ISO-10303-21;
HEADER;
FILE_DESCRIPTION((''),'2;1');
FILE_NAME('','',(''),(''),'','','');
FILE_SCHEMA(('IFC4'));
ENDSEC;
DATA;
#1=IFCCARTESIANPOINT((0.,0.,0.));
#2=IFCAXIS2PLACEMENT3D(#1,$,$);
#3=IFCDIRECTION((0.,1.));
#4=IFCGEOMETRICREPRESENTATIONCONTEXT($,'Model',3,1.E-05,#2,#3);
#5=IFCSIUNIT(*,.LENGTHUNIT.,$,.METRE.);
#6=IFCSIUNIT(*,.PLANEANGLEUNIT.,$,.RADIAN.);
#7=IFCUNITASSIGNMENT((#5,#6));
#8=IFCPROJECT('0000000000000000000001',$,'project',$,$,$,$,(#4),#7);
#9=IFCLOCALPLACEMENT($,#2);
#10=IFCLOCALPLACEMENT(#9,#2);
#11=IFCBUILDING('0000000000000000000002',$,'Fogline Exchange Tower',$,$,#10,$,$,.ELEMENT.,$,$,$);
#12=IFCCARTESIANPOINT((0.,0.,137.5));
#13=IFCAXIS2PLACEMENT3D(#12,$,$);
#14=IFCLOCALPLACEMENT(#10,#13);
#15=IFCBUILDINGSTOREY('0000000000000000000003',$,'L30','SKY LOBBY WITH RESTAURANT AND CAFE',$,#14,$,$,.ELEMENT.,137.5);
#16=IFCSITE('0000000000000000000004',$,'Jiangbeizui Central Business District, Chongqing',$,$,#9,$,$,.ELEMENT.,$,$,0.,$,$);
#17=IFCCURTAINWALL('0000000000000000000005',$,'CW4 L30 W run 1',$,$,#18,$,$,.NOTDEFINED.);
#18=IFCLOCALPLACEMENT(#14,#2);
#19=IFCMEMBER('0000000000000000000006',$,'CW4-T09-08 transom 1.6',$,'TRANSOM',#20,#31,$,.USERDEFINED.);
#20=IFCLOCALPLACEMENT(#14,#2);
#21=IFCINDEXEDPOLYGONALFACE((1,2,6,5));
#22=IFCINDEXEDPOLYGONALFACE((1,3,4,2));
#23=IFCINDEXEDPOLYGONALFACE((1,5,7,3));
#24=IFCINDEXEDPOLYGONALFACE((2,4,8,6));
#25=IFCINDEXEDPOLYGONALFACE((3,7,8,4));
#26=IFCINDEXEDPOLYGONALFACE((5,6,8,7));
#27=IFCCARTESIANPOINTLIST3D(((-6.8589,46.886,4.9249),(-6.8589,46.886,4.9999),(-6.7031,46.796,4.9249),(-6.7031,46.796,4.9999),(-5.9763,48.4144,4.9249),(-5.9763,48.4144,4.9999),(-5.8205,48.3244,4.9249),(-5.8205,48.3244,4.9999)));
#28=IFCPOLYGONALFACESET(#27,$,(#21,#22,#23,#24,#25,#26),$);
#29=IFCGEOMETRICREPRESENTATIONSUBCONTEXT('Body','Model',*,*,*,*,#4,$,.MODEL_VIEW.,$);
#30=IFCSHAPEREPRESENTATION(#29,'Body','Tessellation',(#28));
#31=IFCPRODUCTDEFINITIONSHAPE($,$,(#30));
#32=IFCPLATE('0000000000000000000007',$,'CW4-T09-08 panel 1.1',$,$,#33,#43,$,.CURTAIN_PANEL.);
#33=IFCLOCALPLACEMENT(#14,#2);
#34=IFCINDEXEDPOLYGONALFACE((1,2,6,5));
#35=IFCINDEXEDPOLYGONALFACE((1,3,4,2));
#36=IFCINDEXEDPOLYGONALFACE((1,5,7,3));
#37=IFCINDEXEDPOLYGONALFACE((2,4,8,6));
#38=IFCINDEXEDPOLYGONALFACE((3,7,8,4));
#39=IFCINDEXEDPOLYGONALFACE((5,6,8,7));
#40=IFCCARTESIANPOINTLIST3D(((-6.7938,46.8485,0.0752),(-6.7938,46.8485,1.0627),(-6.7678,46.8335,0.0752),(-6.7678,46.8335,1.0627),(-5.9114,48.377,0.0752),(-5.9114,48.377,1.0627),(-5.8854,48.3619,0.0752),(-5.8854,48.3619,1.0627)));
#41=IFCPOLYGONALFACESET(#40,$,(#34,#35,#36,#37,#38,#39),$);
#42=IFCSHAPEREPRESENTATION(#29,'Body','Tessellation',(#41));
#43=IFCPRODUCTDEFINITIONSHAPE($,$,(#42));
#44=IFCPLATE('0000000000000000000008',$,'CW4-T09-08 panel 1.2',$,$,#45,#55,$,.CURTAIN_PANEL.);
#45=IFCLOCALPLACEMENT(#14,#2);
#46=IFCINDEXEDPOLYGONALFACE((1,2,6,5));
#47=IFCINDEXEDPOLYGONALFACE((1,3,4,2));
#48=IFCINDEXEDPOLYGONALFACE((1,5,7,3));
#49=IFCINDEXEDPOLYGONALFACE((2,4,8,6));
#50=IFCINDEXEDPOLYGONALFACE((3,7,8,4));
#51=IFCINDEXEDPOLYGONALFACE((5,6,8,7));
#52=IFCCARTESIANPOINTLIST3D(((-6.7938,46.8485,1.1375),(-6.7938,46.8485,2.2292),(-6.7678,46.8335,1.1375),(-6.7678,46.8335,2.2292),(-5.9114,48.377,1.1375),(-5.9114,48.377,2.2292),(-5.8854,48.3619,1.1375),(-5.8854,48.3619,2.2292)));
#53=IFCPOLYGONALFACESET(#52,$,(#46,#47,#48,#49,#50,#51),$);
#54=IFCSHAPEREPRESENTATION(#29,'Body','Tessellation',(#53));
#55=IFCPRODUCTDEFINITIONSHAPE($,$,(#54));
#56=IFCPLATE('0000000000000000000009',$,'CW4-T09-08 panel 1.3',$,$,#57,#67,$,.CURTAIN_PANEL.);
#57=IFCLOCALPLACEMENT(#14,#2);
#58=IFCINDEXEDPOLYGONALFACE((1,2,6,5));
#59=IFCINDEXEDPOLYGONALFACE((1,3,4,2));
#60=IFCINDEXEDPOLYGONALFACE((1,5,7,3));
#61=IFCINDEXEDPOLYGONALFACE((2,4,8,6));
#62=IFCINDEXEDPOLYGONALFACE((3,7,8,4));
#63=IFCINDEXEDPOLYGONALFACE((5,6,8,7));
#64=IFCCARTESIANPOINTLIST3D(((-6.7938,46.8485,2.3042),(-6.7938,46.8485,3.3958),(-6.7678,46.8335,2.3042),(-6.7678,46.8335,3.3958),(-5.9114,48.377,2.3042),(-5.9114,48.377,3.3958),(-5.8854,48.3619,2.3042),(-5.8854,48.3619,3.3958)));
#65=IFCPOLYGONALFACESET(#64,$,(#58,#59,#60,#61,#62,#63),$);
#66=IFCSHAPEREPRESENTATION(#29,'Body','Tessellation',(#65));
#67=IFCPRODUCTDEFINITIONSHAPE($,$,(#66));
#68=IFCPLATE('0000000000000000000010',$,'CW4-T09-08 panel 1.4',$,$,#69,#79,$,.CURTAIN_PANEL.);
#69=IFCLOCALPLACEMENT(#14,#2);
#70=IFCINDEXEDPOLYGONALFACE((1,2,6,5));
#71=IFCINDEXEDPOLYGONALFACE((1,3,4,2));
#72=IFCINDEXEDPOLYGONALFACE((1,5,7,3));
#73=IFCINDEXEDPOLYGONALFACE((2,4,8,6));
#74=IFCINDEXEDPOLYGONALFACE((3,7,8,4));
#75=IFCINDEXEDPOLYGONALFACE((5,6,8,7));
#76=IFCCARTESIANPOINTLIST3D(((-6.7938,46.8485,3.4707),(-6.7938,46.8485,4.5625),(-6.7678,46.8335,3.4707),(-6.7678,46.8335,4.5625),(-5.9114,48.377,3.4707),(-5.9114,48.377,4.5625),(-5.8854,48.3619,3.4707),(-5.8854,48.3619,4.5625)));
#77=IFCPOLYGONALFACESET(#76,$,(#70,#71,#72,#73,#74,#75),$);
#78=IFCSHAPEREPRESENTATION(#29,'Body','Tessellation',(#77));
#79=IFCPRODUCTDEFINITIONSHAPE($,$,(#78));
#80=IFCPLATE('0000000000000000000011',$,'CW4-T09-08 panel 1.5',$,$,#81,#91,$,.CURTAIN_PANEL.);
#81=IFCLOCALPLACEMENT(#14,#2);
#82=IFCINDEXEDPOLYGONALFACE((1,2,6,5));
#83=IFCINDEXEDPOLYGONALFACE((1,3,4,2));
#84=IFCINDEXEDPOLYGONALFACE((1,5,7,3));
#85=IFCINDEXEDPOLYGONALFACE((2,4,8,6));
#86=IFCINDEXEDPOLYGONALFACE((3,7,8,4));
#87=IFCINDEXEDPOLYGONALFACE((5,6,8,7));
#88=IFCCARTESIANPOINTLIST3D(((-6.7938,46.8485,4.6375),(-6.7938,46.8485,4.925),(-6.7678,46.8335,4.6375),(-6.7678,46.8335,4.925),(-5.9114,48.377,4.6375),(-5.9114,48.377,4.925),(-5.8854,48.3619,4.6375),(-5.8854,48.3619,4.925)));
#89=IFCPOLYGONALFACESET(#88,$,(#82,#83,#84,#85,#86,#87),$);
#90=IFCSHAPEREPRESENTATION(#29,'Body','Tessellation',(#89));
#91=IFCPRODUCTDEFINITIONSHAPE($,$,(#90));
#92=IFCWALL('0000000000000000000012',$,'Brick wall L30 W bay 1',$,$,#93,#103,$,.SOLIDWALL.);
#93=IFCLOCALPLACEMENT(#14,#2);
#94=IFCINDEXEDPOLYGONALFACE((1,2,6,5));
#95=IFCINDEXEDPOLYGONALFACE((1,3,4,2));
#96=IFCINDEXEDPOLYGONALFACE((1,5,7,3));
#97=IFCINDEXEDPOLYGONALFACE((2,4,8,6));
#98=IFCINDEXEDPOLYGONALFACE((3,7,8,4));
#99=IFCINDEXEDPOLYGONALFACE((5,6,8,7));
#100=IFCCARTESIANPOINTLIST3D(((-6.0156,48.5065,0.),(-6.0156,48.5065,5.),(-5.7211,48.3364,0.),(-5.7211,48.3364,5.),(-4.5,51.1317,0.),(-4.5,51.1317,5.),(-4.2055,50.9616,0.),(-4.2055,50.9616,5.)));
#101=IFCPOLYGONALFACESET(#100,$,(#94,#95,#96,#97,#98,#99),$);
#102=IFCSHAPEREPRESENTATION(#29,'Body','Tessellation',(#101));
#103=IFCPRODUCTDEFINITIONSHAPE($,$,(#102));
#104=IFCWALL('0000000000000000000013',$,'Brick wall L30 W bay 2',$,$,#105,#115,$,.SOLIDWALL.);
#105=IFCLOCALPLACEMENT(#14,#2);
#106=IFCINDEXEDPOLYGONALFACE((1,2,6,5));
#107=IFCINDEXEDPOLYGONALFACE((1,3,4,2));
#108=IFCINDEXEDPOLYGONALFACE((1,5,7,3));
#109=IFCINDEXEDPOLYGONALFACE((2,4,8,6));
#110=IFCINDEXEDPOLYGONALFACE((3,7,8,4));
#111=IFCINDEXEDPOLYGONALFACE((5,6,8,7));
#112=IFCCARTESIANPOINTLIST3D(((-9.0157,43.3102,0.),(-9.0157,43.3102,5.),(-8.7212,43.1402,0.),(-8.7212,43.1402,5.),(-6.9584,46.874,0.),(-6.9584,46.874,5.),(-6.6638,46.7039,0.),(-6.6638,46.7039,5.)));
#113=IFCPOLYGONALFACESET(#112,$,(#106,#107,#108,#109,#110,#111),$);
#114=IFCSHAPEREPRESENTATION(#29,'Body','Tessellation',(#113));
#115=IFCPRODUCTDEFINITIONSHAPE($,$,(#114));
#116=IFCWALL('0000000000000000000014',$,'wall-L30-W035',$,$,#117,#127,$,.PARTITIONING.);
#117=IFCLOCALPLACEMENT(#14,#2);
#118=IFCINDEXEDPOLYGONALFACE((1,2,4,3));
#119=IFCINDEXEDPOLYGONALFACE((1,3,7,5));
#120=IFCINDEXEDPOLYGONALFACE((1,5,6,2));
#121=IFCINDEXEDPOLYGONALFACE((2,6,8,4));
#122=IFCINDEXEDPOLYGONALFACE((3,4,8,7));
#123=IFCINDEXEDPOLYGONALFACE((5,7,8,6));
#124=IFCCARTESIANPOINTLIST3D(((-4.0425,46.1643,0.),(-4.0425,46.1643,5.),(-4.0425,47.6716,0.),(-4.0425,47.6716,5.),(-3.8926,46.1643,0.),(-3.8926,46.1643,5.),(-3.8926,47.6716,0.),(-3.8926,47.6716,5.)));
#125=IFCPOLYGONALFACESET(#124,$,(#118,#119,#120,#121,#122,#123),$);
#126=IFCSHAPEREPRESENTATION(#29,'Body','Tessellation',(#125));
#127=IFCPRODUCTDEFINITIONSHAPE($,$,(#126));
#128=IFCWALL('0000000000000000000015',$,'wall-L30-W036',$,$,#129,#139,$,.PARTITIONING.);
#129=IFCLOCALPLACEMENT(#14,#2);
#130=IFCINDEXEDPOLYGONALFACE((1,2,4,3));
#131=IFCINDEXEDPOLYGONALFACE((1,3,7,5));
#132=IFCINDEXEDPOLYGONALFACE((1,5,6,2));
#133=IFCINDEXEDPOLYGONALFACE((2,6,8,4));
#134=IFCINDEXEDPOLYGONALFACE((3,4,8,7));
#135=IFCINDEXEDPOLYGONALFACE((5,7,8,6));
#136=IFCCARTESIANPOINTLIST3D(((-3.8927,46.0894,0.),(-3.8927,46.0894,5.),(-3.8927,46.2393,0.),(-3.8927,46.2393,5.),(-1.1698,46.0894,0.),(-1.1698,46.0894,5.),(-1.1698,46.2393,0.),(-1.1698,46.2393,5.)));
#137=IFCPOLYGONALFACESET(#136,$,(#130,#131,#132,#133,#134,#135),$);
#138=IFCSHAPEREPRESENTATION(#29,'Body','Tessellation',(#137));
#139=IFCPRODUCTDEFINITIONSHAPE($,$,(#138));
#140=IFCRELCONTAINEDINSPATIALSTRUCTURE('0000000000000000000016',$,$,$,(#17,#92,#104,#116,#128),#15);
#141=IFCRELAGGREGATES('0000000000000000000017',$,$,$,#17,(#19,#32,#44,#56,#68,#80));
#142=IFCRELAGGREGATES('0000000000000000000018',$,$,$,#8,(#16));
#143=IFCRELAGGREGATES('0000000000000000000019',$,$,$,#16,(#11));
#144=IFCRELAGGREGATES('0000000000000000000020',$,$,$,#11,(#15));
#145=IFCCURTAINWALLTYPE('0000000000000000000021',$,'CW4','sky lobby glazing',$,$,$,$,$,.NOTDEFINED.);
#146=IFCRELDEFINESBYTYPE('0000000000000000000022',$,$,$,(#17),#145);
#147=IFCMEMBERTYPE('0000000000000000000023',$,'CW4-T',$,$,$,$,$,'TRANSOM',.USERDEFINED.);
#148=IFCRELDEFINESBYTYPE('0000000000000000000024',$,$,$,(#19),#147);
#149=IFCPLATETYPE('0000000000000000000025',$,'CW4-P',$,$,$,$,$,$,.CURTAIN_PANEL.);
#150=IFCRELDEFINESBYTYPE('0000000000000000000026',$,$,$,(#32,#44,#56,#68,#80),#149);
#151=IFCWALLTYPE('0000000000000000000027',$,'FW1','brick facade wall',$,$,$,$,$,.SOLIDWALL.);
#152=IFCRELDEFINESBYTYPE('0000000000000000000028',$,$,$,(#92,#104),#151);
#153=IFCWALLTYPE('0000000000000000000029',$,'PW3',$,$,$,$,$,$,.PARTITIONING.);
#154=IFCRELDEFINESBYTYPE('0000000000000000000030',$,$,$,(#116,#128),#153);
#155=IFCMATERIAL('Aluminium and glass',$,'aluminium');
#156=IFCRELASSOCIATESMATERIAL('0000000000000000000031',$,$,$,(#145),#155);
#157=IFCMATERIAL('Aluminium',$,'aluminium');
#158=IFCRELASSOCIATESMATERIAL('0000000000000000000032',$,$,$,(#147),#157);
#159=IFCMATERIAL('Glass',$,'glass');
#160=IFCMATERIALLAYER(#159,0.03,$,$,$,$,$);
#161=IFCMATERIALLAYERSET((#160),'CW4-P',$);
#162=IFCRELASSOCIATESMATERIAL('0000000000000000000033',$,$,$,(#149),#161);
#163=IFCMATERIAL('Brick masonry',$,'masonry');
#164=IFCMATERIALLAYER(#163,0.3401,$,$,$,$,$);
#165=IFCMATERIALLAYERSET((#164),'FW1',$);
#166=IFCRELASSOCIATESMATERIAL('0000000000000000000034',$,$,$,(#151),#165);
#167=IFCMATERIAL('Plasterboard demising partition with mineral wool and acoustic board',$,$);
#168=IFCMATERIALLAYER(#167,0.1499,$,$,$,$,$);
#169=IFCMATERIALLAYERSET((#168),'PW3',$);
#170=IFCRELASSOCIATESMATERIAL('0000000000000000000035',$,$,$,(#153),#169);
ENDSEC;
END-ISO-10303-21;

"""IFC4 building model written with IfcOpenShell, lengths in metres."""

from ifc_helpers import new_model, si_unit, direction, frame, frame_2d, origin, origin_2d, place, context, subcontext, project, spatial, rectangle, extrude, material, layer, layer_set, material_profile, profile_set, type_object, element, aggregate, save


model = new_model("IFC4")

# Units and contexts
model_context = context("Model", 3, precision=1e-05, world=origin(), true_north=direction((0.0, 1.0)))
body_context = subcontext(model_context, "Body", "Model", "MODEL_VIEW")
ifc_project = project(units=[si_unit("LENGTHUNIT", "METRE"), si_unit("PLANEANGLEUNIT", "RADIAN")], contexts=[model_context])

# Site, building, storey
site_placement = place(None, origin())
site = spatial("IfcSite", under=ifc_project, at=site_placement, Name="Jiangbeizui Central Business District, Chongqing", CompositionType="ELEMENT", RefElevation=0.0)
building_placement = place(site_placement, origin())
building = spatial("IfcBuilding", under=site, at=building_placement, Name="Fogline Exchange Tower", CompositionType="ELEMENT")
storey_placement = place(building_placement, frame((0.0, 0.0, 137.5)))
storey = spatial("IfcBuildingStorey", under=building, at=storey_placement, Name="L30", Description="SKY LOBBY WITH RESTAURANT AND CAFE", CompositionType="ELEMENT", Elevation=137.5)

# Curtain wall, member, plates
ifc_material_1 = material(Name="Aluminium and glass", Category="aluminium")
curtain_wall_type = type_object("IfcCurtainWallType", Name="CW4", Description="sky lobby glazing", PredefinedType="NOTDEFINED", material=ifc_material_1)
curtain_wall_placement = place(storey_placement, origin())
curtain_wall = element("IfcCurtainWall", 1, at=curtain_wall_placement, inside=storey, type_object=curtain_wall_type, Name="CW4 L30 W run 1", PredefinedType="NOTDEFINED")
ifc_material_2 = material(Name="Aluminium", Category="aluminium")
ifc_material_profile_1 = material_profile(ifc_material_2, rectangle(XDim=0.1799, YDim=0.075, at=origin_2d()), Name="Transom 75x180")
ifc_profile_set_1 = profile_set([ifc_material_profile_1], Name="Aluminium")
member_type_1 = type_object("IfcMemberType", Name="CW4-T", ElementType="TRANSOM", PredefinedType="USERDEFINED", material=ifc_profile_set_1)
member_1_placement = place(storey_placement, frame((-5.8984, 48.3694, 4.9624), z_axis=(-0.500082, -0.865978, 0.0), x_axis=(0.865978, -0.500082, 0.0)))
member_1 = element("IfcMember", 2, at=member_1_placement, type_object=member_type_1, Name="CW4-T09-08 transom 1.6", ObjectType="TRANSOM", PredefinedType="USERDEFINED", context=body_context, shape_type="SweptSolid", body=[
    extrude(rectangle(XDim=0.1799, YDim=0.075, at=origin_2d()), origin(), (0.0, 0.0, 1.0), 1.7649),
])
ifc_material_3 = material(Name="Glass", Category="glass")
ifc_layer_1 = layer(ifc_material_3, 0.03)
ifc_layer_set_1 = layer_set([ifc_layer_1], Name="CW4-P")
plate_type = type_object("IfcPlateType", Name="CW4-P", PredefinedType="CURTAIN_PANEL", material=ifc_layer_set_1)
plate_1_placement = place(storey_placement, frame((-6.3396, 47.6052, 0.0752), z_axis=(0.0, 0.0, 1.0), x_axis=(-0.5, -0.866026, 0.0)))
plate_1 = element("IfcPlate", 3, at=plate_1_placement, type_object=plate_type, Name="CW4-T09-08 panel 1.1", PredefinedType="CURTAIN_PANEL", context=body_context, shape_type="SweptSolid", body=[
    extrude(rectangle(XDim=1.7649, YDim=0.03, at=origin_2d()), origin(), (0.0, 0.0, 1.0), 0.9875),
])
plate_2_placement = place(storey_placement, frame((-6.3396, 47.6052, 1.1375), z_axis=(0.0, 0.0, 1.0), x_axis=(-0.5, -0.866026, 0.0)))
plate_2 = element("IfcPlate", 4, at=plate_2_placement, type_object=plate_type, Name="CW4-T09-08 panel 1.2", PredefinedType="CURTAIN_PANEL", context=body_context, shape_type="SweptSolid", body=[
    extrude(rectangle(XDim=1.7649, YDim=0.03, at=origin_2d()), origin(), (0.0, 0.0, 1.0), 1.0918),
])
plate_3_placement = place(storey_placement, frame((-6.3396, 47.6052, 2.3042), z_axis=(0.0, 0.0, 1.0), x_axis=(-0.5, -0.866026, 0.0)))
plate_3 = element("IfcPlate", 5, at=plate_3_placement, type_object=plate_type, Name="CW4-T09-08 panel 1.3", PredefinedType="CURTAIN_PANEL", context=body_context, shape_type="SweptSolid", body=[
    extrude(rectangle(XDim=1.7649, YDim=0.03, at=origin_2d()), origin(), (0.0, 0.0, 1.0), 1.0916),
])
plate_4_placement = place(storey_placement, frame((-6.3396, 47.6052, 3.4707), z_axis=(0.0, 0.0, 1.0), x_axis=(-0.5, -0.866026, 0.0)))
plate_4 = element("IfcPlate", 6, at=plate_4_placement, type_object=plate_type, Name="CW4-T09-08 panel 1.4", PredefinedType="CURTAIN_PANEL", context=body_context, shape_type="SweptSolid", body=[
    extrude(rectangle(XDim=1.7649, YDim=0.03, at=origin_2d()), origin(), (0.0, 0.0, 1.0), 1.0918),
])
plate_5_placement = place(storey_placement, frame((-6.3396, 47.6052, 4.6375), z_axis=(0.0, 0.0, 1.0), x_axis=(-0.5, -0.866026, 0.0)))
plate_5 = element("IfcPlate", 7, at=plate_5_placement, type_object=plate_type, Name="CW4-T09-08 panel 1.5", PredefinedType="CURTAIN_PANEL", context=body_context, shape_type="SweptSolid", body=[
    extrude(rectangle(XDim=1.7649, YDim=0.03, at=origin_2d()), origin(), (0.0, 0.0, 1.0), 0.2876),
])
aggregate(curtain_wall, [member_1, plate_1, plate_2, plate_3, plate_4, plate_5])

# Walls
ifc_material_4 = material(Name="Brick masonry", Category="masonry")
ifc_layer_2 = layer(ifc_material_4, 0.3401)
ifc_layer_set_2 = layer_set([ifc_layer_2], Name="FW1")
wall_type_1 = type_object("IfcWallType", Name="FW1", Description="brick facade wall", PredefinedType="SOLIDWALL", material=ifc_layer_set_2)
wall_1_placement = place(storey_placement, frame((-4.3528, 51.0466, 0.0), z_axis=(0.0, 0.0, 1.0), x_axis=(-0.499985, -0.866034, 0.0)))
element("IfcWall", 8, at=wall_1_placement, inside=storey, type_object=wall_type_1, Name="Brick wall L30 W bay 1", PredefinedType="SOLIDWALL", context=body_context, shape_type="SweptSolid", body=[
    extrude(rectangle(XDim=3.0312, YDim=0.3401, at=frame_2d((1.5156, 0.0))), origin(), (0.0, 0.0, 1.0), 5.0),
])
wall_2_placement = place(storey_placement, frame((-6.811, 46.7891, 0.0), z_axis=(0.0, 0.0, 1.0), x_axis=(-0.499974, -0.86604, 0.0)))
element("IfcWall", 9, at=wall_2_placement, inside=storey, type_object=wall_type_1, Name="Brick wall L30 W bay 2", PredefinedType="SOLIDWALL", context=body_context, shape_type="SweptSolid", body=[
    extrude(rectangle(XDim=4.115, YDim=0.3401, at=frame_2d((2.0576, 0.0))), origin(), (0.0, 0.0, 1.0), 5.0),
])
ifc_material_5 = material(Name="Plasterboard demising partition with mineral wool and acoustic board")
ifc_layer_3 = layer(ifc_material_5, 0.1499)
ifc_layer_set_3 = layer_set([ifc_layer_3], Name="PW3")
wall_type_2 = type_object("IfcWallType", Name="PW3", PredefinedType="PARTITIONING", material=ifc_layer_set_3)
wall_3_placement = place(storey_placement, frame((-3.9675, 47.6716, 0.0), z_axis=(0.0, 0.0, 1.0), x_axis=(0.0, -1.0, 0.0)))
element("IfcWall", 10, at=wall_3_placement, inside=storey, type_object=wall_type_2, Name="wall-L30-W035", PredefinedType="PARTITIONING", context=body_context, shape_type="SweptSolid", body=[
    extrude(rectangle(XDim=1.5073, YDim=0.1499, at=frame_2d((0.7537, 0.0))), origin(), (0.0, 0.0, 1.0), 5.0),
])
wall_4_placement = place(storey_placement, frame((-3.8926, 46.1643, 0.0), z_axis=(0.0, 0.0, 1.0), x_axis=(1.0, 0.0, 0.0)))
element("IfcWall", 11, at=wall_4_placement, inside=storey, type_object=wall_type_2, Name="wall-L30-W036", PredefinedType="PARTITIONING", context=body_context, shape_type="SweptSolid", body=[
    extrude(rectangle(XDim=2.7229, YDim=0.1499, at=frame_2d((1.3613, 0.0))), origin(), (0.0, 0.0, 1.0), 5.0),
])

save(model, "model.ifc")
